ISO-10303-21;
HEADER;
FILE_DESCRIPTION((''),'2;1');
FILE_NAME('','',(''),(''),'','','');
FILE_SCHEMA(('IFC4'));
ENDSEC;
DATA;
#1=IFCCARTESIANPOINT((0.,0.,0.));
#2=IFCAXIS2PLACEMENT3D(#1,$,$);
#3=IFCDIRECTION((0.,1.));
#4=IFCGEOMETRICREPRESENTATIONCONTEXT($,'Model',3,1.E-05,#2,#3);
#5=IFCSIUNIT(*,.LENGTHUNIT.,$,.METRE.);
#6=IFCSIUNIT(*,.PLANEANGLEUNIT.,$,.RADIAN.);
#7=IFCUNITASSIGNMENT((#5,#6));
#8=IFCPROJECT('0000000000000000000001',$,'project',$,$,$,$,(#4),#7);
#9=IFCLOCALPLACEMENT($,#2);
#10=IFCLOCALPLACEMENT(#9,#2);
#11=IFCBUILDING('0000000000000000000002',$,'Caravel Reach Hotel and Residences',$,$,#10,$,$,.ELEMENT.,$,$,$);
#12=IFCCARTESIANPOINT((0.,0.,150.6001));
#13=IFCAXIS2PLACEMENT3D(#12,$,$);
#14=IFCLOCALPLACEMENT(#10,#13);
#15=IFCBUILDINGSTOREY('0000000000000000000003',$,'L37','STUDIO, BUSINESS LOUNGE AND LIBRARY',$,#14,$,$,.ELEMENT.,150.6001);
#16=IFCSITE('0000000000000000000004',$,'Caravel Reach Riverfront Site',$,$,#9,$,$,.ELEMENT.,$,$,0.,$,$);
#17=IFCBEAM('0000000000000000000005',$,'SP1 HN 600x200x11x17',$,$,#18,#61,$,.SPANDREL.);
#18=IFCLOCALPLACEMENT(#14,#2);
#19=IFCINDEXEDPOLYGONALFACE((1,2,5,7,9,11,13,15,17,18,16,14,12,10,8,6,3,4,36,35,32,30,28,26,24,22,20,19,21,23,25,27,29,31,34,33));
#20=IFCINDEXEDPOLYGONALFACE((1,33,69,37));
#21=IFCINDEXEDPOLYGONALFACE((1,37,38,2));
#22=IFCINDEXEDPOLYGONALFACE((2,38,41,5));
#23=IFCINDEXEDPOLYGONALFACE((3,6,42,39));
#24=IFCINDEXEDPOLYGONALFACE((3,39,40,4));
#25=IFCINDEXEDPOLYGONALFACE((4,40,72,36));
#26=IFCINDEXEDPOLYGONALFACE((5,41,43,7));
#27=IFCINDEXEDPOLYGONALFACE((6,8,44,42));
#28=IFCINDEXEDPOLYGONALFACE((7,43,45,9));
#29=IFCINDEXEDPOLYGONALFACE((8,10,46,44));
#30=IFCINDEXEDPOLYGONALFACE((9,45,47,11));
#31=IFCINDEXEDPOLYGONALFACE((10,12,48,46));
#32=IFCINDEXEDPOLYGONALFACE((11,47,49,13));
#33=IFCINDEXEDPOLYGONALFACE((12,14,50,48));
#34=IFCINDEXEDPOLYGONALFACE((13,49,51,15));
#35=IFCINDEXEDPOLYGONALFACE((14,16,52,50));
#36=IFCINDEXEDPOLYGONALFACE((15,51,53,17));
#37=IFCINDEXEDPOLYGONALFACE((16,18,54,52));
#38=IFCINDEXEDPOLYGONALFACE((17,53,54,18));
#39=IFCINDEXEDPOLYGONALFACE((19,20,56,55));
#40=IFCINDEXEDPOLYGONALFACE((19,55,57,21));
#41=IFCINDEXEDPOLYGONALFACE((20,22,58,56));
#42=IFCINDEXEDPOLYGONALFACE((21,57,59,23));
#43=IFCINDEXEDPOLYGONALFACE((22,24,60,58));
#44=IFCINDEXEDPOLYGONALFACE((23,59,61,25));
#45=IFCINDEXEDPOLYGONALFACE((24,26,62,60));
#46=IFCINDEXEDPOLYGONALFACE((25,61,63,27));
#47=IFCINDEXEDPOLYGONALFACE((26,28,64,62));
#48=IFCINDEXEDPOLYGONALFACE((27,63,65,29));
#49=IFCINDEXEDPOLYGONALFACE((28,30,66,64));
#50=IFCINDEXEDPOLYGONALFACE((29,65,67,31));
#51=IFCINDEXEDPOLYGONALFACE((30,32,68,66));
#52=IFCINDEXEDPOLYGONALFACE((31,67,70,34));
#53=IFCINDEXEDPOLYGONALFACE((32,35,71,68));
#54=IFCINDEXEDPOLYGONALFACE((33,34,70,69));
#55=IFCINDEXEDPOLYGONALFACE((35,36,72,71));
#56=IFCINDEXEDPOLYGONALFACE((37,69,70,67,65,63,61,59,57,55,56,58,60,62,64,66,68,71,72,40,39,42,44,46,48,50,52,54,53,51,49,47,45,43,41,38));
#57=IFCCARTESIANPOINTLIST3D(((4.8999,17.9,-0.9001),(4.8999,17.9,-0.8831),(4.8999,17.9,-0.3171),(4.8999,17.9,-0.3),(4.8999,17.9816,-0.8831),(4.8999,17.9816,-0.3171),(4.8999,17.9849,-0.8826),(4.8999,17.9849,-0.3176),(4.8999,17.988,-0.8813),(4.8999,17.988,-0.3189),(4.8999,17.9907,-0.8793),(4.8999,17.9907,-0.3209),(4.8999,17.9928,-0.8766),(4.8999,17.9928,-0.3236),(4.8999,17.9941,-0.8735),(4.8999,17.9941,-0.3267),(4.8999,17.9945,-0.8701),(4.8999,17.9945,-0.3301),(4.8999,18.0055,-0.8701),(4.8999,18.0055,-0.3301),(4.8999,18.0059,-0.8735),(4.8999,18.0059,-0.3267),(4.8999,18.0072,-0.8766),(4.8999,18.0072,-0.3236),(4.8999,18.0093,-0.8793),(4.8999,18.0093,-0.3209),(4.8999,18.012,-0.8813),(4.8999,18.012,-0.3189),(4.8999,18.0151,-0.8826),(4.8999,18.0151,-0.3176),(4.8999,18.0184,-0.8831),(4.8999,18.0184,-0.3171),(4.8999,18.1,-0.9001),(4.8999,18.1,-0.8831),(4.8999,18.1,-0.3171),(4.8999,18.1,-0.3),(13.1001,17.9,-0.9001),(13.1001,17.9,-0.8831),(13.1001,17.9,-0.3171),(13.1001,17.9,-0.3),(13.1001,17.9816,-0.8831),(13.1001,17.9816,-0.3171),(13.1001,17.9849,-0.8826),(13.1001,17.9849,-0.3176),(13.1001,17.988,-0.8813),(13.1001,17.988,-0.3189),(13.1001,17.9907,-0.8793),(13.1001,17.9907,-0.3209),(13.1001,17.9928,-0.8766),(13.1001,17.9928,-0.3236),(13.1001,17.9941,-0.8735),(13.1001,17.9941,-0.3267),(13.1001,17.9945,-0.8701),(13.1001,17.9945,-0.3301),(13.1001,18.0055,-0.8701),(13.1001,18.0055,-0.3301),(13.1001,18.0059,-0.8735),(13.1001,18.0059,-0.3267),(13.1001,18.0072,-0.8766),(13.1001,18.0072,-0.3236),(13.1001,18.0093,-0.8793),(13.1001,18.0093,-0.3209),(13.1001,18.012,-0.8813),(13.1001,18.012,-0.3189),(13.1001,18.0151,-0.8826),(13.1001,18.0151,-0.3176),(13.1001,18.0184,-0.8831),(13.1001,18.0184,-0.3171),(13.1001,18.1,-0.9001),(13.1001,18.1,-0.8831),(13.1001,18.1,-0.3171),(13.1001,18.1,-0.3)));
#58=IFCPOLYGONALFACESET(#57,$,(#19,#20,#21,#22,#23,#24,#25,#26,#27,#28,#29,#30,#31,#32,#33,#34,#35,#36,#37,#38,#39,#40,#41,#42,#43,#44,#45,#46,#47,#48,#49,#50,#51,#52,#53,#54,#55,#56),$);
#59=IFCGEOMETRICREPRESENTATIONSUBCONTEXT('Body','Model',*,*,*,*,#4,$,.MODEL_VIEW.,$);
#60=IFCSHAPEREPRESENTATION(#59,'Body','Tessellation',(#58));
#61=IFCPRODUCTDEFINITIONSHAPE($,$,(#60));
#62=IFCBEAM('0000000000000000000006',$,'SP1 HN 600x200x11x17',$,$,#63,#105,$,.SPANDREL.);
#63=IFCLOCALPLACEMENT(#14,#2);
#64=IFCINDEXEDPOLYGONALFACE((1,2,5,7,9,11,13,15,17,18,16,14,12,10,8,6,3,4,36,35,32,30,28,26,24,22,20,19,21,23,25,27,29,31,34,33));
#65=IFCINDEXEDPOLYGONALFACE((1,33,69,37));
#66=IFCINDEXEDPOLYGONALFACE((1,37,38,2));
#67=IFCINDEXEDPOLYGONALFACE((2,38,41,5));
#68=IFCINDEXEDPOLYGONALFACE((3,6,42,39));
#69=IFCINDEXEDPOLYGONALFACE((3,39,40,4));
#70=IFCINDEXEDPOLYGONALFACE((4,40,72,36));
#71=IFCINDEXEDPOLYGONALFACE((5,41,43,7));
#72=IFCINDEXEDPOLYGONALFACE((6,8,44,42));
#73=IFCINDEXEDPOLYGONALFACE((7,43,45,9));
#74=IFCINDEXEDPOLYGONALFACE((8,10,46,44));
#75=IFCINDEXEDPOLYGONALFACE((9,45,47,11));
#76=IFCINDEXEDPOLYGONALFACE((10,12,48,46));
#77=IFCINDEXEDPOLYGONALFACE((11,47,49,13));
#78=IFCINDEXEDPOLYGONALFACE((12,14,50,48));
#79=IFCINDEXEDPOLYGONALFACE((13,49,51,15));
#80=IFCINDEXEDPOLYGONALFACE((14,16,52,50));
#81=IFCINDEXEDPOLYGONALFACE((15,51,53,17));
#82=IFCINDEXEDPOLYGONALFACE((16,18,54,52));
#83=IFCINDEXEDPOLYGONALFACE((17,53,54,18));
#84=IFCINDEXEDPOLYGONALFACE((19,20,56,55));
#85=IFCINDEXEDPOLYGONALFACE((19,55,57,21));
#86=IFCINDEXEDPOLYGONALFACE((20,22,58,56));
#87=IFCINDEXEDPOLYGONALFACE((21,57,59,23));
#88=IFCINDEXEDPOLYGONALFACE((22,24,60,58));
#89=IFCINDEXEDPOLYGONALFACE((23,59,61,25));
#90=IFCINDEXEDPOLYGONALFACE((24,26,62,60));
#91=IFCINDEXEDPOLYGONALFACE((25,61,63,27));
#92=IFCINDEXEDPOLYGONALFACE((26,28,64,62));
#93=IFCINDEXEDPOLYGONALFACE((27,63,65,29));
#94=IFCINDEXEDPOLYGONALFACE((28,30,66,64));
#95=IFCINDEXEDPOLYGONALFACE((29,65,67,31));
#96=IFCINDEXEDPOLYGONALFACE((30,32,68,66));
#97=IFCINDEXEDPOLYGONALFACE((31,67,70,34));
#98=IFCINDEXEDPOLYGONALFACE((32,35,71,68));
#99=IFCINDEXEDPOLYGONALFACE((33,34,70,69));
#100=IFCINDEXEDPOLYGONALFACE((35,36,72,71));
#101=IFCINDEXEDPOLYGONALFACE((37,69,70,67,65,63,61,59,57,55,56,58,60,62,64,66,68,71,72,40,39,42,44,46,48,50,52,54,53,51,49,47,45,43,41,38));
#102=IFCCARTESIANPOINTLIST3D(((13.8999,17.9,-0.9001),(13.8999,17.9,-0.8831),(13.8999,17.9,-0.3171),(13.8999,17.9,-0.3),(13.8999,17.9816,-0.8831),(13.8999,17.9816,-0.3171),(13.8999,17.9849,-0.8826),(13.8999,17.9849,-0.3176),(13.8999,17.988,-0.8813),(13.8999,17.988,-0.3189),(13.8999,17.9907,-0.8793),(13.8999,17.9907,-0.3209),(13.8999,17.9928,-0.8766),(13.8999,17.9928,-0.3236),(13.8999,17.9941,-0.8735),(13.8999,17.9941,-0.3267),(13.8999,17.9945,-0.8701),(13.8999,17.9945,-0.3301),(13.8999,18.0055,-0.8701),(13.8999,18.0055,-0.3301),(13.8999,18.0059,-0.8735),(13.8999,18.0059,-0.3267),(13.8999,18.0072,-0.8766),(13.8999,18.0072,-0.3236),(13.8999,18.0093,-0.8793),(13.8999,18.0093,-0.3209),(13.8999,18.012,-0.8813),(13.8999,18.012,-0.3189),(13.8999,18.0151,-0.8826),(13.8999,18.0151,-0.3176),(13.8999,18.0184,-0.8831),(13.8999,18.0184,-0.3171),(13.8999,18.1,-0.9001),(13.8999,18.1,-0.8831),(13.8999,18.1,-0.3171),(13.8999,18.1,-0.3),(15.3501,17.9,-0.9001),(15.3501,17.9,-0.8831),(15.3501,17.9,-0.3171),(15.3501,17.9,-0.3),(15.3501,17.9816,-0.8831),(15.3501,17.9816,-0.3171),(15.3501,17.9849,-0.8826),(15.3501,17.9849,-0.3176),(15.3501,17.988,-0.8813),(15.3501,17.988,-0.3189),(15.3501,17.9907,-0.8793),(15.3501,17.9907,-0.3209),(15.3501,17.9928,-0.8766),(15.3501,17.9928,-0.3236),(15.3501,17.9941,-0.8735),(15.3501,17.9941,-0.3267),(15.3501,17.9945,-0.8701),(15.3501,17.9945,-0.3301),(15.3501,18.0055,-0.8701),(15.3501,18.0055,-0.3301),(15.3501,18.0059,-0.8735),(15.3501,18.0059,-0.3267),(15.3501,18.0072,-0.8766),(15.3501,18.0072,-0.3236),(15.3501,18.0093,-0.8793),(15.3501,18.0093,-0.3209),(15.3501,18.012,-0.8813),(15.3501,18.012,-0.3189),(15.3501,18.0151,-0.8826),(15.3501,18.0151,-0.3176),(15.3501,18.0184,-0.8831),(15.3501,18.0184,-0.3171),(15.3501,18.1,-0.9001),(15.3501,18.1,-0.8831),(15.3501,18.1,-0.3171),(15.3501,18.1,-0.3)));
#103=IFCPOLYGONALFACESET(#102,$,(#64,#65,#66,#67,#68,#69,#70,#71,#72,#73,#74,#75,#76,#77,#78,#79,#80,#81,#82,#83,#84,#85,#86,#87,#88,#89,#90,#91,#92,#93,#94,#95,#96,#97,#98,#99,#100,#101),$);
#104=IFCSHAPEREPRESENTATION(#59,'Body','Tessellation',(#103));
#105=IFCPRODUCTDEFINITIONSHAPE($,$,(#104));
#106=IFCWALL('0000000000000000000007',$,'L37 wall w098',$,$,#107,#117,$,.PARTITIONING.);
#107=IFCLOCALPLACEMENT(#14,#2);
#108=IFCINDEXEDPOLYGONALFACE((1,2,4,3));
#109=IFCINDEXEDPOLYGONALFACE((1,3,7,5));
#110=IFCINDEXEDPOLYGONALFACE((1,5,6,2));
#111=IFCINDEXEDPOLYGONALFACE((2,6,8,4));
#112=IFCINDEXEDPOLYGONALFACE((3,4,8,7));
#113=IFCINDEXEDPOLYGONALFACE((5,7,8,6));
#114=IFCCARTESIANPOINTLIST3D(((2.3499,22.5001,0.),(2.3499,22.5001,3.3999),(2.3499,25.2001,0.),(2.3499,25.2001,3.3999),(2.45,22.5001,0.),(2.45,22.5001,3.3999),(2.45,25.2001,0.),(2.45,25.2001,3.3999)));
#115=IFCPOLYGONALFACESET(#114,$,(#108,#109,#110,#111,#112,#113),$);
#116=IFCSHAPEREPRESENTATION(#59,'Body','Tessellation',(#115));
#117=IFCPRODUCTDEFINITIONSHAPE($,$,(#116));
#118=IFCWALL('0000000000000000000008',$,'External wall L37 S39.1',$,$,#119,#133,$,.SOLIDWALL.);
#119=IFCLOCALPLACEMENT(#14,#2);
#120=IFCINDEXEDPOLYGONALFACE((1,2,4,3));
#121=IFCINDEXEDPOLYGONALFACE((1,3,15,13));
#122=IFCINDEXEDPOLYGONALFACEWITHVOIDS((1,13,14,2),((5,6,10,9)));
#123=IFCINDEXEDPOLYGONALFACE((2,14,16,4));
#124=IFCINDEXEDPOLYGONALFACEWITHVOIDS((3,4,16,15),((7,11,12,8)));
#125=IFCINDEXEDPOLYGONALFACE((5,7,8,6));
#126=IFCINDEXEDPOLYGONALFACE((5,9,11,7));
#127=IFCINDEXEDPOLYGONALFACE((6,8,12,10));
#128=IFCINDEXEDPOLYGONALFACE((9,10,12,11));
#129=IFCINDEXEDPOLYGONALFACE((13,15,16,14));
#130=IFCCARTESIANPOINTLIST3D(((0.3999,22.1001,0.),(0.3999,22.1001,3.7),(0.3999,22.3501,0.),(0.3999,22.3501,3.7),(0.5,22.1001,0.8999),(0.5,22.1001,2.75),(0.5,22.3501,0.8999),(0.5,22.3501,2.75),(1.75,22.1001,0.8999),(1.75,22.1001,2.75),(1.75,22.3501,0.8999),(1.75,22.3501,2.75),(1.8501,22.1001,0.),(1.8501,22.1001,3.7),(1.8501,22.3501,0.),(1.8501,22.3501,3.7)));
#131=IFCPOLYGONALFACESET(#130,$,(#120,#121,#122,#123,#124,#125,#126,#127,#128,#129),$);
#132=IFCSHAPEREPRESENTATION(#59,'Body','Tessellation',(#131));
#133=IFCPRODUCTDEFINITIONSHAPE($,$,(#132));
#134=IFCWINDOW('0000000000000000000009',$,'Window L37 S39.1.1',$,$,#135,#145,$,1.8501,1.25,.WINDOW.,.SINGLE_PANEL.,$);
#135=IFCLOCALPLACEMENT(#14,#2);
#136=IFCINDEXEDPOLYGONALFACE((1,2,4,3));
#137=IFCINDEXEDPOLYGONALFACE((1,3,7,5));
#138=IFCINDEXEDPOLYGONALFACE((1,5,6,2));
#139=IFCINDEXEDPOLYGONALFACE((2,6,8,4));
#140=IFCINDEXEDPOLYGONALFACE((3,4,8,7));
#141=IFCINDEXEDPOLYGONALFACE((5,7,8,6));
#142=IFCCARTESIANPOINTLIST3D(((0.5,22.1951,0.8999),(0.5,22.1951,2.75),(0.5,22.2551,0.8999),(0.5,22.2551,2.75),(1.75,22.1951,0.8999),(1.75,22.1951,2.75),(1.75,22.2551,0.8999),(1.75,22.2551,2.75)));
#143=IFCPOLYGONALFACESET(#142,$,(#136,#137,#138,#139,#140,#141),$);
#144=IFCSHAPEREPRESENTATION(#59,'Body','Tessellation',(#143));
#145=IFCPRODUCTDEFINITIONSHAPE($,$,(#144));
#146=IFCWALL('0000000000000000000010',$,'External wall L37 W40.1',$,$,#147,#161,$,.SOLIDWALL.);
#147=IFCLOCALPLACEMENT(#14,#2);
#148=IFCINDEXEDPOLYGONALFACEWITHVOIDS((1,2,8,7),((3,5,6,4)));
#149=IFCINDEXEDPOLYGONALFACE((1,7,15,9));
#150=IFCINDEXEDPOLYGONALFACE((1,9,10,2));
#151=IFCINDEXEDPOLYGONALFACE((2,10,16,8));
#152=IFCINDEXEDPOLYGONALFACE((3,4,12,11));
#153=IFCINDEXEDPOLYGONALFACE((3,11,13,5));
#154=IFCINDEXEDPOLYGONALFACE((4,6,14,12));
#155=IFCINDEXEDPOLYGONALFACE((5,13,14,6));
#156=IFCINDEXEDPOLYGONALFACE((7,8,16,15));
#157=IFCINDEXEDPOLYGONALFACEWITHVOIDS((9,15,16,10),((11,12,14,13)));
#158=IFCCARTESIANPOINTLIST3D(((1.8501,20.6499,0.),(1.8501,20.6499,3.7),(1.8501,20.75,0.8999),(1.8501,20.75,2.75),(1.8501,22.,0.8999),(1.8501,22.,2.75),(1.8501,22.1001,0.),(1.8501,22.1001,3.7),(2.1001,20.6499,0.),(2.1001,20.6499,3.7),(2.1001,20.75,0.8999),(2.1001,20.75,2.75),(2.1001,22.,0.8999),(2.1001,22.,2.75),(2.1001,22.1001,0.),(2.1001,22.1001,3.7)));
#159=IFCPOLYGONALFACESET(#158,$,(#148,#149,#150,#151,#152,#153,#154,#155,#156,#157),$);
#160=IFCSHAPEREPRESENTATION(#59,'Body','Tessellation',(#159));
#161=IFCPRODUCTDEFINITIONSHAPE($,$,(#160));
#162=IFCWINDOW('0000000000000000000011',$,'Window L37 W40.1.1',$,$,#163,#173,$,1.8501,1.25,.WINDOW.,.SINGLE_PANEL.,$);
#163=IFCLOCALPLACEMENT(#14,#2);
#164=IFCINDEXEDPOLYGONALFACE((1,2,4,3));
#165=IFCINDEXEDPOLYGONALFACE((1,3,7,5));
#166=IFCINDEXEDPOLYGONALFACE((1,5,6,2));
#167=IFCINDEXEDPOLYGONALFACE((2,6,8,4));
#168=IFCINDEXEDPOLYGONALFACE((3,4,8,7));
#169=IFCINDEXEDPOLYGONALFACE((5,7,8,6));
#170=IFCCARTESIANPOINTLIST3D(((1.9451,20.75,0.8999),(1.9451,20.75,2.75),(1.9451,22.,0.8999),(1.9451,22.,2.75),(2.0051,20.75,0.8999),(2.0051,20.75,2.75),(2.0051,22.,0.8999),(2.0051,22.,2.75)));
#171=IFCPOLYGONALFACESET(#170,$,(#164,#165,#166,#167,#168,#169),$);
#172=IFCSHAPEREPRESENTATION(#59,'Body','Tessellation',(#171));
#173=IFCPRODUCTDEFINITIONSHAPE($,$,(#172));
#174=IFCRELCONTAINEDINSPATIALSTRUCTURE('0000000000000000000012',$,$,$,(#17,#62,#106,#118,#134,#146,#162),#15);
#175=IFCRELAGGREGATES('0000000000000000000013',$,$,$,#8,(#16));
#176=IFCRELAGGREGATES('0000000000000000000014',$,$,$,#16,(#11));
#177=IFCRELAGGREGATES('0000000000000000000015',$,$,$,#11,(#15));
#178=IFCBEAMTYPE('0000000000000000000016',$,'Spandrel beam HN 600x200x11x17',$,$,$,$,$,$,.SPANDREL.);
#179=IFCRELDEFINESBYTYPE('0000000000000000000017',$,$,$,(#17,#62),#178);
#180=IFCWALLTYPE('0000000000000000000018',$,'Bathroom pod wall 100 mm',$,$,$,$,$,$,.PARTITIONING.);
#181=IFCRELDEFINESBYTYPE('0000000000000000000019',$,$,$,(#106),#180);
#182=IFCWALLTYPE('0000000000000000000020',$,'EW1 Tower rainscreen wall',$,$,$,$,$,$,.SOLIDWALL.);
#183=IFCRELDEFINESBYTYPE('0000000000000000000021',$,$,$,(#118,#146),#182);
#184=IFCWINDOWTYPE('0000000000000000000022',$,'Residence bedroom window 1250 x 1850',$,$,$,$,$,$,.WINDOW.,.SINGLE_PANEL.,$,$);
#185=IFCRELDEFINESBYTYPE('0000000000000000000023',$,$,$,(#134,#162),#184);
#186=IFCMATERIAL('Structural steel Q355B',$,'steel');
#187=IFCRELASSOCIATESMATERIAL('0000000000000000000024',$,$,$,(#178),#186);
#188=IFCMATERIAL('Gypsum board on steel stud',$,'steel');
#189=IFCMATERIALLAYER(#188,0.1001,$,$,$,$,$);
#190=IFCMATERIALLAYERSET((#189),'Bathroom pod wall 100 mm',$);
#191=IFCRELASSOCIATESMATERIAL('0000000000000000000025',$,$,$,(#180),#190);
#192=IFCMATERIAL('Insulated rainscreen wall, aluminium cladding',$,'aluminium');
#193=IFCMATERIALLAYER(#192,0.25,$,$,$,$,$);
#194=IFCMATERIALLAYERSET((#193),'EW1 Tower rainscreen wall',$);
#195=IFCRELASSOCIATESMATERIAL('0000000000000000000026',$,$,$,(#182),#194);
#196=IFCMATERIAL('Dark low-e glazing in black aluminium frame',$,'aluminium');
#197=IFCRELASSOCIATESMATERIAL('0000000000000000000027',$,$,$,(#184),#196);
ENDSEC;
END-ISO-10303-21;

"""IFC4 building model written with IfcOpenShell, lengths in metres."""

from ifc_helpers import new_model, si_unit, direction, frame, frame_2d, origin, origin_2d, place, context, subcontext, project, spatial, rectangle, i_section, extrude, material, layer, layer_set, material_profile, profile_set, type_object, element, fill, save


model = new_model("IFC4")

# Units and contexts
model_context = context("Model", 3, precision=1e-05, world=origin(), true_north=direction((0.0, 1.0)))
body_context = subcontext(model_context, "Body", "Model", "MODEL_VIEW")
ifc_project = project(units=[si_unit("LENGTHUNIT", "METRE"), si_unit("PLANEANGLEUNIT", "RADIAN")], contexts=[model_context])

# Site, building, storey
site_placement = place(None, origin())
site = spatial("IfcSite", under=ifc_project, at=site_placement, Name="Caravel Reach Riverfront Site", CompositionType="ELEMENT", RefElevation=0.0)
building_placement = place(site_placement, origin())
building = spatial("IfcBuilding", under=site, at=building_placement, Name="Caravel Reach Hotel and Residences", CompositionType="ELEMENT")
storey_placement = place(building_placement, frame((0.0, 0.0, 150.6001)))
storey = spatial("IfcBuildingStorey", under=building, at=storey_placement, Name="L37", Description="STUDIO, BUSINESS LOUNGE AND LIBRARY", CompositionType="ELEMENT", Elevation=150.6001)

# Beams
ifc_material_1 = material(Name="Structural steel Q355B", Category="steel")
ifc_material_profile_1 = material_profile(ifc_material_1, i_section(OverallWidth=0.2, OverallDepth=0.6001, WebThickness=0.011, FlangeThickness=0.0171, FilletRadius=0.0129, at=origin_2d()), Name="HN 600x200x11x17")
ifc_profile_set_1 = profile_set([ifc_material_profile_1], Name="Structural steel Q355B")
beam_type_1 = type_object("IfcBeamType", Name="Spandrel beam HN 600x200x11x17", PredefinedType="SPANDREL", material=ifc_profile_set_1)
beam_1_placement = place(storey_placement, frame((4.8999, 18.0, -0.6001), z_axis=(1.0, 0.0, 0.0), x_axis=(0.0, 1.0, 0.0)))
element("IfcBeam", 1, at=beam_1_placement, inside=storey, type_object=beam_type_1, Name="SP1 HN 600x200x11x17", PredefinedType="SPANDREL", context=body_context, shape_type="SweptSolid", body=[
    extrude(i_section(OverallWidth=0.2, OverallDepth=0.6001, WebThickness=0.011, FlangeThickness=0.0171, FilletRadius=0.0129, at=origin_2d()), origin(), (0.0, 0.0, 1.0), 8.2002),
])
beam_2_placement = place(storey_placement, frame((13.8999, 18.0, -0.6001), z_axis=(1.0, 0.0, 0.0), x_axis=(0.0, 1.0, 0.0)))
element("IfcBeam", 2, at=beam_2_placement, inside=storey, type_object=beam_type_1, Name="SP1 HN 600x200x11x17", PredefinedType="SPANDREL", context=body_context, shape_type="SweptSolid", body=[
    extrude(i_section(OverallWidth=0.2, OverallDepth=0.6001, WebThickness=0.011, FlangeThickness=0.0171, FilletRadius=0.0129, at=origin_2d()), origin(), (0.0, 0.0, 1.0), 1.4502),
])

# Wall
ifc_material_2 = material(Name="Gypsum board on steel stud", Category="steel")
ifc_layer_1 = layer(ifc_material_2, 0.1001)
ifc_layer_set_1 = layer_set([ifc_layer_1], Name="Bathroom pod wall 100 mm")
wall_type_1 = type_object("IfcWallType", Name="Bathroom pod wall 100 mm", PredefinedType="PARTITIONING", material=ifc_layer_set_1)
wall_1_placement = place(storey_placement, frame((2.3999, 22.5, 0.0), z_axis=(0.0, 0.0, 1.0), x_axis=(0.0, 1.0, 0.0)))
element("IfcWall", 3, at=wall_1_placement, inside=storey, type_object=wall_type_1, Name="L37 wall w098", PredefinedType="PARTITIONING", context=body_context, shape_type="SweptSolid", body=[
    extrude(rectangle(XDim=2.7, YDim=0.1001, at=frame_2d((1.3501, 0.0))), origin(), (0.0, 0.0, 1.0), 3.3999),
])

# Walls, openings, windows
ifc_material_3 = material(Name="Insulated rainscreen wall, aluminium cladding", Category="aluminium")
ifc_layer_2 = layer(ifc_material_3, 0.25)
ifc_layer_set_2 = layer_set([ifc_layer_2], Name="EW1 Tower rainscreen wall")
wall_type_2 = type_object("IfcWallType", Name="EW1 Tower rainscreen wall", PredefinedType="SOLIDWALL", material=ifc_layer_set_2)
wall_2_placement = place(storey_placement, frame((0.3999, 22.2251, 0.0), z_axis=(0.0, 0.0, 1.0), x_axis=(1.0, 0.0, 0.0)))
wall_2 = element("IfcWall", 4, at=wall_2_placement, inside=storey, type_object=wall_type_2, Name="External wall L37 S39.1", PredefinedType="SOLIDWALL", context=body_context, shape_type="SweptSolid", body=[
    extrude(rectangle(XDim=1.4502, YDim=0.25, at=frame_2d((0.7251, 0.0))), origin(), (0.0, 0.0, 1.0), 3.7),
])
opening_1_placement = place(wall_2_placement, frame((0.1001, 0.0, 0.8999)))
opening_1 = element("IfcOpeningElement", 5, at=opening_1_placement, cuts=wall_2, PredefinedType="OPENING", context=body_context, shape_type="SweptSolid", body=[
    extrude(rectangle(XDim=1.25, YDim=1.8501, at=frame_2d((0.625, 0.925))), frame((0.0, 0.135, 0.0), z_axis=(0.0, -1.0, 0.0), x_axis=(1.0, 0.0, 0.0)), (0.0, 0.0, 1.0), 0.27),
])
ifc_material_4 = material(Name="Dark low-e glazing in black aluminium frame", Category="aluminium")
window_type_1 = type_object("IfcWindowType", Name="Residence bedroom window 1250 x 1850", PartitioningType="SINGLE_PANEL", PredefinedType="WINDOW", material=ifc_material_4)
window_1_placement = place(opening_1_placement, origin())
window_1 = element("IfcWindow", 6, at=window_1_placement, inside=storey, type_object=window_type_1, Name="Window L37 S39.1.1", OverallHeight=1.8501, OverallWidth=1.25, PartitioningType="SINGLE_PANEL", PredefinedType="WINDOW", context=body_context, shape_type="SweptSolid", body=[
    extrude(rectangle(XDim=1.25, YDim=1.8501, at=frame_2d((0.625, 0.925))), frame((0.0, 0.03, 0.0), z_axis=(0.0, -1.0, 0.0), x_axis=(1.0, 0.0, 0.0)), (0.0, 0.0, 1.0), 0.0601),
])
fill(opening_1, window_1)
wall_3_placement = place(storey_placement, frame((1.9751, 22.1001, 0.0), z_axis=(0.0, 0.0, 1.0), x_axis=(0.0, -1.0, 0.0)))
wall_3 = element("IfcWall", 7, at=wall_3_placement, inside=storey, type_object=wall_type_2, Name="External wall L37 W40.1", PredefinedType="SOLIDWALL", context=body_context, shape_type="SweptSolid", body=[
    extrude(rectangle(XDim=1.4502, YDim=0.25, at=frame_2d((0.7251, 0.0))), origin(), (0.0, 0.0, 1.0), 3.7),
])
opening_2_placement = place(wall_3_placement, frame((0.1001, 0.0, 0.8999)))
opening_2 = element("IfcOpeningElement", 8, at=opening_2_placement, cuts=wall_3, PredefinedType="OPENING", context=body_context, shape_type="SweptSolid", body=[
    extrude(rectangle(XDim=1.25, YDim=1.8501, at=frame_2d((0.625, 0.925))), frame((0.0, 0.135, 0.0), z_axis=(0.0, -1.0, 0.0), x_axis=(1.0, 0.0, 0.0)), (0.0, 0.0, 1.0), 0.27),
])
window_2_placement = place(opening_2_placement, origin())
window_2 = element("IfcWindow", 9, at=window_2_placement, inside=storey, type_object=window_type_1, Name="Window L37 W40.1.1", OverallHeight=1.8501, OverallWidth=1.25, PartitioningType="SINGLE_PANEL", PredefinedType="WINDOW", context=body_context, shape_type="SweptSolid", body=[
    extrude(rectangle(XDim=1.25, YDim=1.8501, at=frame_2d((0.625, 0.925))), frame((0.0, 0.03, 0.0), z_axis=(0.0, -1.0, 0.0), x_axis=(1.0, 0.0, 0.0)), (0.0, 0.0, 1.0), 0.0601),
])
fill(opening_2, window_2)

save(model, "model.ifc")
